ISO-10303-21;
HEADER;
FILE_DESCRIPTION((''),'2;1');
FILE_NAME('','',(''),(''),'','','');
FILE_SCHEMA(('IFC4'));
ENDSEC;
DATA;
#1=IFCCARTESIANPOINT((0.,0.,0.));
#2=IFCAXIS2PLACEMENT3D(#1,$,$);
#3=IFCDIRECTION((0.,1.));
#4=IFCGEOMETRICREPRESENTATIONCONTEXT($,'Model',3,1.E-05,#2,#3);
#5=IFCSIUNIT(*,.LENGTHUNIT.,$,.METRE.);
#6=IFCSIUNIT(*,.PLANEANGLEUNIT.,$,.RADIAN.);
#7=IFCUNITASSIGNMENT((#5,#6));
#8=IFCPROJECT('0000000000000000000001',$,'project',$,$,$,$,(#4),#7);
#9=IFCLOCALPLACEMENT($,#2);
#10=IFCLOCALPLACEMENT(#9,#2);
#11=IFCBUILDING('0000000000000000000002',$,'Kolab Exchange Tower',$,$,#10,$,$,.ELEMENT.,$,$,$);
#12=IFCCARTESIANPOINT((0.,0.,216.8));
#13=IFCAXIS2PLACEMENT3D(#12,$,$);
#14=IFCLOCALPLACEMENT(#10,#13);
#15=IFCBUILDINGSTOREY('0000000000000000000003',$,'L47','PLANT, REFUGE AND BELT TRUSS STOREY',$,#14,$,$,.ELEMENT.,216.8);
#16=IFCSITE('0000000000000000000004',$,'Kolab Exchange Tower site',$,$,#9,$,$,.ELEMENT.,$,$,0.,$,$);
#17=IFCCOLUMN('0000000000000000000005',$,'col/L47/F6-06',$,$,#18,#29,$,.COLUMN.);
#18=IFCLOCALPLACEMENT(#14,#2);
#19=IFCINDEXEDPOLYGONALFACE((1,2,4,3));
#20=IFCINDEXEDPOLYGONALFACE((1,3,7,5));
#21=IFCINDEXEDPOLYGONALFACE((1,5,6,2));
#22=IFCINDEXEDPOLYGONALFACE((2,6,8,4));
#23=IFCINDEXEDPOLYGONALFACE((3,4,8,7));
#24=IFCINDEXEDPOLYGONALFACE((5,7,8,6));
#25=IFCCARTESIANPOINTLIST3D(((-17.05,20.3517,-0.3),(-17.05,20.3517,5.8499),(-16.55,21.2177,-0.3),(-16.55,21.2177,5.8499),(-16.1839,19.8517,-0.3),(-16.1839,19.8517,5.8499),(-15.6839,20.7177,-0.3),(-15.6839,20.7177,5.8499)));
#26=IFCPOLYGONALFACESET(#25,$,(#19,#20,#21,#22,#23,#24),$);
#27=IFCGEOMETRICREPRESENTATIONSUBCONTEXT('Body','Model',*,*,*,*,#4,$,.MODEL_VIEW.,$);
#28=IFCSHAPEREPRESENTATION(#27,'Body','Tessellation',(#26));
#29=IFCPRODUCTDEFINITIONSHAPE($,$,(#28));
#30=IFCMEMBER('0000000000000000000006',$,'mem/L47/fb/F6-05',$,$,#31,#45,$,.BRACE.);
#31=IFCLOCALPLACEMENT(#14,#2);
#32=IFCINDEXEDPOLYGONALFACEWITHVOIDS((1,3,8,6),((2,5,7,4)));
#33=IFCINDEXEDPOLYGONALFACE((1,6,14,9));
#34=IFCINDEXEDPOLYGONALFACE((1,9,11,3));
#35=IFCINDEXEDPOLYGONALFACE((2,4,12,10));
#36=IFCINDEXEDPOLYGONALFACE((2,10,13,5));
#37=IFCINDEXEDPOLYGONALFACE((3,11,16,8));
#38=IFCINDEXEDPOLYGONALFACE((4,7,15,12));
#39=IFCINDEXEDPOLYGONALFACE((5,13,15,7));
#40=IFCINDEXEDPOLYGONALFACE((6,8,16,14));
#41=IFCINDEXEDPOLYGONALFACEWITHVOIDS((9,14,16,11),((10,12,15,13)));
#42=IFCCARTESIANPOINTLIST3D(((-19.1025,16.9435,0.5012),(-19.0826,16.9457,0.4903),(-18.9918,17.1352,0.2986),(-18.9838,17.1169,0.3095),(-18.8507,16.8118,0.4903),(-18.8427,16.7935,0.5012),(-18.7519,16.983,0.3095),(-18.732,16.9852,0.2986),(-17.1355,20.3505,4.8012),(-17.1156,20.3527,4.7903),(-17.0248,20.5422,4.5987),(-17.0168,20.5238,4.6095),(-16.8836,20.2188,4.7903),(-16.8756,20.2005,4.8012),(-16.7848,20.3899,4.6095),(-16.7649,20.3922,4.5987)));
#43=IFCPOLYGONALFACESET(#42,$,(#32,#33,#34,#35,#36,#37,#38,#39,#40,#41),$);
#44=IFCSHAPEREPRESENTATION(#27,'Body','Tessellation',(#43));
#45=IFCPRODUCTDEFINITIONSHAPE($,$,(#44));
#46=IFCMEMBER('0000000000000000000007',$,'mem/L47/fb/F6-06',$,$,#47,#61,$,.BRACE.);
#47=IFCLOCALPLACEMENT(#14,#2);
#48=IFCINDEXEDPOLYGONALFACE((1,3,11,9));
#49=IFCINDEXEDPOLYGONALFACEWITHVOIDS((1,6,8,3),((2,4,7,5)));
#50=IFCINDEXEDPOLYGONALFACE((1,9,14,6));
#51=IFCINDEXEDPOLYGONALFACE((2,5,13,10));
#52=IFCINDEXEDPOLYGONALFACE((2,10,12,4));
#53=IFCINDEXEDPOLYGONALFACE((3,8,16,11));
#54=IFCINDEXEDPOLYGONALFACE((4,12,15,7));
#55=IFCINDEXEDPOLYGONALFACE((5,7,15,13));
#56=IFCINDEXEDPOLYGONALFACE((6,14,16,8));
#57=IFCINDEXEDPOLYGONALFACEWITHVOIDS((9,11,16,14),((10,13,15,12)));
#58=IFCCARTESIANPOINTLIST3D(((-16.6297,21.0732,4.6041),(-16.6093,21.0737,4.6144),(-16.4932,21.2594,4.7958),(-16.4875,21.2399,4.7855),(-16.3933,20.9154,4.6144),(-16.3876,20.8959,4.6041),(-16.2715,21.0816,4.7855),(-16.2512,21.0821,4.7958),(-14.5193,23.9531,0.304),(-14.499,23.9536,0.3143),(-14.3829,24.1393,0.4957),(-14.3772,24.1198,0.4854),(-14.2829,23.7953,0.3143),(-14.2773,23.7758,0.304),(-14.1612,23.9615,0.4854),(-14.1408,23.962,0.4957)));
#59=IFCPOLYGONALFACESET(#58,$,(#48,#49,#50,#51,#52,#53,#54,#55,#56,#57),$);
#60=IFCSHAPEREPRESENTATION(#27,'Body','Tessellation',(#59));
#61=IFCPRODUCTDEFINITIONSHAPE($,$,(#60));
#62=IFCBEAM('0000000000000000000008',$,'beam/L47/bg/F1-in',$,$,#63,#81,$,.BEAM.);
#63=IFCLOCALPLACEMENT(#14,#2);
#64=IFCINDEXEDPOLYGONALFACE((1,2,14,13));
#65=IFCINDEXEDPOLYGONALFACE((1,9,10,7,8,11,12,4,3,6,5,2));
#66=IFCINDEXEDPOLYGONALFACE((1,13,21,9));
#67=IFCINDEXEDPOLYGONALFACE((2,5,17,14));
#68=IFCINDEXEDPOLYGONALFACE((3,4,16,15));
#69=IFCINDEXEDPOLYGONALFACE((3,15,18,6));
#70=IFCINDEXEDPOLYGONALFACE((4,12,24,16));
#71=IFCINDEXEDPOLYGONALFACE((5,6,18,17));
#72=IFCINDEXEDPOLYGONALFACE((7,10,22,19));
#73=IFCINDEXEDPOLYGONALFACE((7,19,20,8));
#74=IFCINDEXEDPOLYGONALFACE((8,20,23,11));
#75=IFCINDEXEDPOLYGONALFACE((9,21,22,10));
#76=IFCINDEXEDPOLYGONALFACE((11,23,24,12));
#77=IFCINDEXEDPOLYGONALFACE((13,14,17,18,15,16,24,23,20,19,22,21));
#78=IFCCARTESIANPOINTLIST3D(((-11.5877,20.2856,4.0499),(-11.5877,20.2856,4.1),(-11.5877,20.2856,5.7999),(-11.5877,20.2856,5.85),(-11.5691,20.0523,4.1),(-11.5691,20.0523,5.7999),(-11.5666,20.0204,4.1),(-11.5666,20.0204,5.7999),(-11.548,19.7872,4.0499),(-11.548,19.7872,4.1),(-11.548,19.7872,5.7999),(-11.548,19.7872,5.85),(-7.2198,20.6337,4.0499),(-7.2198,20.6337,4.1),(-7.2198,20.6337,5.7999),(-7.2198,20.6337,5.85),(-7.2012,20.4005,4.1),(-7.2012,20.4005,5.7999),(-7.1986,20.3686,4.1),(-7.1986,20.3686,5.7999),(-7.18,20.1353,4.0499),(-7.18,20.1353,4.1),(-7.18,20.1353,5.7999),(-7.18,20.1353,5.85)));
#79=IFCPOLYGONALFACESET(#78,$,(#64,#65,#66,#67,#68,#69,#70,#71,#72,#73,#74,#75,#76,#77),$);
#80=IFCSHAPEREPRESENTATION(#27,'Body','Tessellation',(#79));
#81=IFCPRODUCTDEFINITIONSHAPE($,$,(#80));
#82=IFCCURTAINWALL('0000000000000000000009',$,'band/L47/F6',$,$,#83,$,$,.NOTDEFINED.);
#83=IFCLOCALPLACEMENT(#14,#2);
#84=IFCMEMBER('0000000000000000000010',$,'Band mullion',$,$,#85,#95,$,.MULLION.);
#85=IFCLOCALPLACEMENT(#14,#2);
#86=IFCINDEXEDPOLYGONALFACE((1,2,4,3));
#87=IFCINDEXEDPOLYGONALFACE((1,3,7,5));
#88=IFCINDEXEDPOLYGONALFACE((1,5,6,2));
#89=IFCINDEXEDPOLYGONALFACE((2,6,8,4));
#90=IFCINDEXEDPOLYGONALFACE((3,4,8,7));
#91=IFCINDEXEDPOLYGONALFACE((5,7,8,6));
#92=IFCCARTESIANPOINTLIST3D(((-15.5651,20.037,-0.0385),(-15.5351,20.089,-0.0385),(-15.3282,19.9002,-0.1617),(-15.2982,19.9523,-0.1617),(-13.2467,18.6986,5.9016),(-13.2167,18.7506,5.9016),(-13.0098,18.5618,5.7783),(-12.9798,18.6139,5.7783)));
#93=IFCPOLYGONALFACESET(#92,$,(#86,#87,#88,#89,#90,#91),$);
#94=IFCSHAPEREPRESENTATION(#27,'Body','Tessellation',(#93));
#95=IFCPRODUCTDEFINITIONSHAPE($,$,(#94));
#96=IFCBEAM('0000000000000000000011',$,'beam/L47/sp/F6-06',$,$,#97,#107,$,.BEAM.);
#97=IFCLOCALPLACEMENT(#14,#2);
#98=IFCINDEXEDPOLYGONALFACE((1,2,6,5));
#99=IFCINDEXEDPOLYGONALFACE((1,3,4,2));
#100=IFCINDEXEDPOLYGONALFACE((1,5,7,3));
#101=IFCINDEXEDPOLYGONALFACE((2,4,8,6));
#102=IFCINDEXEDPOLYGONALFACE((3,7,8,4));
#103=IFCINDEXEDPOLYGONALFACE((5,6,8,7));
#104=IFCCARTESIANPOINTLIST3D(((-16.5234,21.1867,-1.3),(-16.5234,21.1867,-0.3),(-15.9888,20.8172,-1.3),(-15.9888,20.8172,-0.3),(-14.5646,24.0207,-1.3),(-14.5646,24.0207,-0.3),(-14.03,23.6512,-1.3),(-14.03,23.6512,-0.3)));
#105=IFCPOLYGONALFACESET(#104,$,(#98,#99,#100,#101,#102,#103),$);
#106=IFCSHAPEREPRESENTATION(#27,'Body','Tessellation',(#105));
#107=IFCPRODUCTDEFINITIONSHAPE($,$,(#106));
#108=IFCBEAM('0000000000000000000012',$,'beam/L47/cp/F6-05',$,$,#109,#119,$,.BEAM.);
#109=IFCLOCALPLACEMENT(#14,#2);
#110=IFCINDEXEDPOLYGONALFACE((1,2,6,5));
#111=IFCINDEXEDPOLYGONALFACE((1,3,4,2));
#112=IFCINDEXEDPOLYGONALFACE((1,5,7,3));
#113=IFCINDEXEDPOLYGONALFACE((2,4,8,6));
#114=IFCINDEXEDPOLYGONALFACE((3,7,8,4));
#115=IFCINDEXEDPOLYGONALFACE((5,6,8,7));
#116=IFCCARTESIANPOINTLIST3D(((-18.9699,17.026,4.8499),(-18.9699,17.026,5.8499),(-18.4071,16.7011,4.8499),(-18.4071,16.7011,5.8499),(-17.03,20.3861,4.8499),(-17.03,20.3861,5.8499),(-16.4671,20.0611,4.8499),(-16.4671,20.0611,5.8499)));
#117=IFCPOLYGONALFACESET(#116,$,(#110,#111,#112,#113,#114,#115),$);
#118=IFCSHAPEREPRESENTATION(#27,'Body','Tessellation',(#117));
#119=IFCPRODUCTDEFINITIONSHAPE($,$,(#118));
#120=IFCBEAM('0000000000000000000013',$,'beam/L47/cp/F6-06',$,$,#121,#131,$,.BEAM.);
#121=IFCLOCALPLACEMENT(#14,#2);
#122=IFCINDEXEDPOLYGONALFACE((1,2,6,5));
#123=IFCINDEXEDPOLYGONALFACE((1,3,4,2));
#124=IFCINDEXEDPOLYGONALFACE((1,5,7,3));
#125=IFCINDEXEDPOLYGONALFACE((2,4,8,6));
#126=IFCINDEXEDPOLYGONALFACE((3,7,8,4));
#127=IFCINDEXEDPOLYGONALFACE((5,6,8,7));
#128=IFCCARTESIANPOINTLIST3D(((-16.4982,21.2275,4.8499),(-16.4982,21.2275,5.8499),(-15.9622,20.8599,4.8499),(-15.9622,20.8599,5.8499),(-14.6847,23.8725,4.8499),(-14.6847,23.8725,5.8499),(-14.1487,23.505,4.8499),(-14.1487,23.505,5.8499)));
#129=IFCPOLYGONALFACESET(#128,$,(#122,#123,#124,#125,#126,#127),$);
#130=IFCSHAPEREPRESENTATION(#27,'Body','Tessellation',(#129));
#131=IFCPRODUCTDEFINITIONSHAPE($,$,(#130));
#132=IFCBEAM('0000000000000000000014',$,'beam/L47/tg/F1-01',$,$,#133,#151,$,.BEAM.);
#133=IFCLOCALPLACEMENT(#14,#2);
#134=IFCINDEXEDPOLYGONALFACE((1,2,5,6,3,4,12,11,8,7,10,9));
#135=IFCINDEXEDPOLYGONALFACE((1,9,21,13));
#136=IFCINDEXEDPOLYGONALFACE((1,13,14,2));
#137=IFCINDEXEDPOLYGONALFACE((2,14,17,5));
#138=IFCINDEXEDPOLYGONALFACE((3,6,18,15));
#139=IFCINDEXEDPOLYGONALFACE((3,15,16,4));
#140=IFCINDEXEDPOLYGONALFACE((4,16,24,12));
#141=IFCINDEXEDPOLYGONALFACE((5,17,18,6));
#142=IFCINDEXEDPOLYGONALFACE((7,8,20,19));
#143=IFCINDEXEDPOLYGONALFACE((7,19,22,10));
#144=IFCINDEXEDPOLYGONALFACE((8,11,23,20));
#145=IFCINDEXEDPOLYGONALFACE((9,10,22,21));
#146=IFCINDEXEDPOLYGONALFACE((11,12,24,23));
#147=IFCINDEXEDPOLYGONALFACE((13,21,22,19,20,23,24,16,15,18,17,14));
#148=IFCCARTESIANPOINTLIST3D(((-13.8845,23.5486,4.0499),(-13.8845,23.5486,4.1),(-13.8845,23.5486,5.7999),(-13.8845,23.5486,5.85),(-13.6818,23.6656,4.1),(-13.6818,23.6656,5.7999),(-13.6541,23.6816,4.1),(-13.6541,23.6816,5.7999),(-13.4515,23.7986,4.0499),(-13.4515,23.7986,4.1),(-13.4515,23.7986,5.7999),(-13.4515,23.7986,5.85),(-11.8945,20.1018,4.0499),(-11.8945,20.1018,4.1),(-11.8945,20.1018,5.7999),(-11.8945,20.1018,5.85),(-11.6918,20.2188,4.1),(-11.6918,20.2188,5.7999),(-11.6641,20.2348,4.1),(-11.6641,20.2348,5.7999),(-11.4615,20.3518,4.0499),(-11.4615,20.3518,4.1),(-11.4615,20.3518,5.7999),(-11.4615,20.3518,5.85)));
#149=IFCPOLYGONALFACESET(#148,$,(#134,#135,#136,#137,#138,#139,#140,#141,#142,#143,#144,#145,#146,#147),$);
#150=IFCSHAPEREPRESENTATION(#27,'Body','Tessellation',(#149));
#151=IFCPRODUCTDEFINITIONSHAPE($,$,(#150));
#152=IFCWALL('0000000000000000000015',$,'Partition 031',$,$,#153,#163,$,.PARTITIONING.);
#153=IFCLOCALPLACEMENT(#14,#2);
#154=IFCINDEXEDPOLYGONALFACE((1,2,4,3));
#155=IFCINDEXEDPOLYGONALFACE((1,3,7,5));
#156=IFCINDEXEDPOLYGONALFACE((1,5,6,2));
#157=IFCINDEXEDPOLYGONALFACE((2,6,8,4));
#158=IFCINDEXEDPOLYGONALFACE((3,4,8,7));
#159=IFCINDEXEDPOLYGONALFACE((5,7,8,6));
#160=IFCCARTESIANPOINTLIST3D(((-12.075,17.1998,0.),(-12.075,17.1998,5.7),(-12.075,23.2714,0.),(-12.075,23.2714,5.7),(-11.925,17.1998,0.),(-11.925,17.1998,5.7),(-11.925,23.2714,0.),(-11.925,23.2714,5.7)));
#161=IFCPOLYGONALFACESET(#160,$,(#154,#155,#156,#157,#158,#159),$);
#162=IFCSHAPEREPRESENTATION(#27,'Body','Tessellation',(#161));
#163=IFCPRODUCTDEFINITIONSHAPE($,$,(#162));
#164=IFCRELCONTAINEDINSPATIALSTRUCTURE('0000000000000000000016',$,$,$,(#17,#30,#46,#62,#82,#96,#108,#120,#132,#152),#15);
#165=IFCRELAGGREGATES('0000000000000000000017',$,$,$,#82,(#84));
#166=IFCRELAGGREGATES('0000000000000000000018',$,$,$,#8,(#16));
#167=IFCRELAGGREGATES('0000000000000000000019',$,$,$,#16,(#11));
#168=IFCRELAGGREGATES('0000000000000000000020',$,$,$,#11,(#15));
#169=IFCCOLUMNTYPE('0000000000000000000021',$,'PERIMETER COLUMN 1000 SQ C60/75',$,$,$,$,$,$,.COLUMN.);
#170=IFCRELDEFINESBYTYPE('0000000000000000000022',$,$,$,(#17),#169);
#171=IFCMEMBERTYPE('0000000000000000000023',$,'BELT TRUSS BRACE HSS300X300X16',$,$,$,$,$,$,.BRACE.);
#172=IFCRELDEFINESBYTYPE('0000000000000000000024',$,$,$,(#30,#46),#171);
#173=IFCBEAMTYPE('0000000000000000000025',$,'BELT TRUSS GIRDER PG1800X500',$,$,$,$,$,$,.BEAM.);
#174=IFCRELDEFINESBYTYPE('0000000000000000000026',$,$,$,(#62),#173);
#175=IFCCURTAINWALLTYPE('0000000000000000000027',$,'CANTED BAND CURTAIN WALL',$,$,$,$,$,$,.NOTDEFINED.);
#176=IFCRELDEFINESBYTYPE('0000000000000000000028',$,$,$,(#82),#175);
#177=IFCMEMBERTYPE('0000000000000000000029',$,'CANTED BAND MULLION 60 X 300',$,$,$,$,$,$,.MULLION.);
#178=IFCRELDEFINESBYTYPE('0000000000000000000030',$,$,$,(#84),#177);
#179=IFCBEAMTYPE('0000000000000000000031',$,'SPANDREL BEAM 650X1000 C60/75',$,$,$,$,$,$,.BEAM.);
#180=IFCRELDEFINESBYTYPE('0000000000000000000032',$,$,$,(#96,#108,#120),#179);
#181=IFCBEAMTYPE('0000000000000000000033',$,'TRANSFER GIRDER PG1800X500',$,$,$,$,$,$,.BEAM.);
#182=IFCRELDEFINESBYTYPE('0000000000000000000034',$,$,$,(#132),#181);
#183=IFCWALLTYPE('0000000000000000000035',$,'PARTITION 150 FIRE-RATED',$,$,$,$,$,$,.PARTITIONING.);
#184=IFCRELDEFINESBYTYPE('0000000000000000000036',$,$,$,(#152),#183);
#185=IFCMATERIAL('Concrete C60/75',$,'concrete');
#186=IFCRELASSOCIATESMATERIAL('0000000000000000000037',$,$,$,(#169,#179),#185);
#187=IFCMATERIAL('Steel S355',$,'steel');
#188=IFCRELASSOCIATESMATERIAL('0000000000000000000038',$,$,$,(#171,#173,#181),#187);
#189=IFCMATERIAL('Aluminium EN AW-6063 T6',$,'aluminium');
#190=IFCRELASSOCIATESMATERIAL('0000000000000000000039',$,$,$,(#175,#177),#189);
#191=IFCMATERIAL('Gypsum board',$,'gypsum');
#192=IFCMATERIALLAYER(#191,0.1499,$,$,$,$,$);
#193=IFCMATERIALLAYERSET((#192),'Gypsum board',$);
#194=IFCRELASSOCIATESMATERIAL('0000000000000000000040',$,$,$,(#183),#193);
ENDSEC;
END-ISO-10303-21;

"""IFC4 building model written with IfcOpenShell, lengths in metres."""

from ifc_helpers import new_model, si_unit, direction, frame, frame_2d, origin, origin_2d, place, context, subcontext, project, spatial, rectangle, hollow_rectangle, i_section, extrude, material, layer, layer_set, material_profile, profile_set, type_object, element, aggregate, save


model = new_model("IFC4")

# Units and contexts
model_context = context("Model", 3, precision=1e-05, world=origin(), true_north=direction((0.0, 1.0)))
body_context = subcontext(model_context, "Body", "Model", "MODEL_VIEW")
ifc_project = project(units=[si_unit("LENGTHUNIT", "METRE"), si_unit("PLANEANGLEUNIT", "RADIAN")], contexts=[model_context])

# Site, building, storey
site_placement = place(None, origin())
site = spatial("IfcSite", under=ifc_project, at=site_placement, Name="Kolab Exchange Tower site", CompositionType="ELEMENT", RefElevation=0.0)
building_placement = place(site_placement, origin())
building = spatial("IfcBuilding", under=site, at=building_placement, Name="Kolab Exchange Tower", CompositionType="ELEMENT")
storey_placement = place(building_placement, frame((0.0, 0.0, 216.8)))
storey = spatial("IfcBuildingStorey", under=building, at=storey_placement, Name="L47", Description="PLANT, REFUGE AND BELT TRUSS STOREY", CompositionType="ELEMENT", Elevation=216.8)

# Column
ifc_material_1 = material(Name="Concrete C60/75", Category="concrete")
ifc_material_profile_1 = material_profile(ifc_material_1, rectangle(XDim=1.0, YDim=1.0, at=origin_2d()), Name="RC1000")
ifc_profile_set_1 = profile_set([ifc_material_profile_1], Name="Concrete C60/75")
column_type = type_object("IfcColumnType", Name="PERIMETER COLUMN 1000 SQ C60/75", PredefinedType="COLUMN", material=ifc_profile_set_1)
column_placement = place(storey_placement, frame((-16.3669, 20.5347, -0.3), z_axis=(0.0, 0.0, 1.0), x_axis=(0.5, 0.866025, 0.0)))
element("IfcColumn", 1, at=column_placement, inside=storey, type_object=column_type, Name="col/L47/F6-06", PredefinedType="COLUMN", context=body_context, shape_type="SweptSolid", body=[
    extrude(rectangle(XDim=1.0, YDim=1.0, at=origin_2d()), origin(), (0.0, 0.0, 1.0), 6.1499),
])

# Members
ifc_material_2 = material(Name="Steel S355", Category="steel")
ifc_material_profile_2 = material_profile(ifc_material_2, hollow_rectangle(XDim=0.3, YDim=0.3, WallThickness=0.0161, at=origin_2d()), Name="HSS300X300X16")
ifc_profile_set_2 = profile_set([ifc_material_profile_2], Name="Steel S355")
member_type_1 = type_object("IfcMemberType", Name="BELT TRUSS BRACE HSS300X300X16", PredefinedType="BRACE", material=ifc_profile_set_2)
member_1_placement = place(storey_placement, frame((-18.9172, 16.9644, 0.3999), z_axis=(0.337508, 0.584575, 0.737808), x_axis=(-0.866023, 0.500004, 0.0)))
element("IfcMember", 2, at=member_1_placement, inside=storey, type_object=member_type_1, Name="mem/L47/fb/F6-05", PredefinedType="BRACE", context=body_context, shape_type="SweptSolid", body=[
    extrude(hollow_rectangle(XDim=0.3, YDim=0.3, WallThickness=0.0161, at=origin_2d()), origin(), (0.0, 0.0, 1.0), 5.8281),
])
member_2_placement = place(storey_placement, frame((-16.4404, 21.0776, 4.7), z_axis=(0.377585, 0.51527, -0.769367), x_axis=(-0.806614, 0.591079, 0.0)))
element("IfcMember", 3, at=member_2_placement, inside=storey, type_object=member_type_1, Name="mem/L47/fb/F6-06", PredefinedType="BRACE", context=body_context, shape_type="SweptSolid", body=[
    extrude(hollow_rectangle(XDim=0.3, YDim=0.3, WallThickness=0.0161, at=origin_2d()), origin(), (0.0, 0.0, 1.0), 5.5891),
])

# Beam
ifc_material_profile_3 = material_profile(ifc_material_2, i_section(OverallWidth=0.5, OverallDepth=1.8, WebThickness=0.032, FlangeThickness=0.05, at=origin_2d()), Name="PG1800X500")
ifc_profile_set_3 = profile_set([ifc_material_profile_3], Name="Steel S355")
beam_type_1 = type_object("IfcBeamType", Name="BELT TRUSS GIRDER PG1800X500", PredefinedType="BEAM", material=ifc_profile_set_3)
beam_1_placement = place(storey_placement, frame((-11.5679, 20.0364, 4.95), z_axis=(0.996839, 0.079453, 0.0), x_axis=(-0.079453, 0.996839, 0.0)))
element("IfcBeam", 4, at=beam_1_placement, inside=storey, type_object=beam_type_1, Name="beam/L47/bg/F1-in", PredefinedType="BEAM", context=body_context, shape_type="SweptSolid", body=[
    extrude(i_section(OverallWidth=0.5, OverallDepth=1.8, WebThickness=0.032, FlangeThickness=0.05, at=origin_2d()), origin(), (0.0, 0.0, 1.0), 4.3818),
])

# Curtain wall, member
ifc_material_3 = material(Name="Aluminium EN AW-6063 T6", Category="aluminium")
curtain_wall_type = type_object("IfcCurtainWallType", Name="CANTED BAND CURTAIN WALL", PredefinedType="NOTDEFINED", material=ifc_material_3)
curtain_wall_placement = place(storey_placement, origin())
curtain_wall = element("IfcCurtainWall", 5, at=curtain_wall_placement, inside=storey, type_object=curtain_wall_type, Name="band/L47/F6", PredefinedType="NOTDEFINED")
ifc_material_profile_4 = material_profile(ifc_material_3, rectangle(XDim=0.0601, YDim=0.3, at=origin_2d()), Name="RECT 60X300")
ifc_profile_set_4 = profile_set([ifc_material_profile_4], Name="Aluminium EN AW-6063 T6")
member_type_2 = type_object("IfcMemberType", Name="CANTED BAND MULLION 60 X 300", PredefinedType="MULLION", material=ifc_profile_set_4)
member_3_placement = place(storey_placement, frame((-15.4316, 19.9946, -0.1001), z_axis=(0.355834, -0.205421, 0.911693), x_axis=(0.499965, 0.866046, 0.0)))
member_3 = element("IfcMember", 6, at=member_3_placement, type_object=member_type_2, Name="Band mullion", PredefinedType="MULLION", context=body_context, shape_type="SweptSolid", body=[
    extrude(rectangle(XDim=0.0601, YDim=0.3, at=origin_2d()), origin(), (0.0, 0.0, 1.0), 6.5154),
])
aggregate(curtain_wall, [member_3])

# Beams
ifc_material_profile_5 = material_profile(ifc_material_1, rectangle(XDim=0.6499, YDim=1.0, at=origin_2d()), Name="RC650X1000")
ifc_profile_set_5 = profile_set([ifc_material_profile_5], Name="Concrete C60/75")
beam_type_2 = type_object("IfcBeamType", Name="SPANDREL BEAM 650X1000 C60/75", PredefinedType="BEAM", material=ifc_profile_set_5)
beam_2_placement = place(storey_placement, frame((-16.2561, 21.002, -0.8), z_axis=(0.568572, 0.822633, 0.0), x_axis=(-0.822633, 0.568572, 0.0)))
element("IfcBeam", 7, at=beam_2_placement, inside=storey, type_object=beam_type_2, Name="beam/L47/sp/F6-06", PredefinedType="BEAM", context=body_context, shape_type="SweptSolid", body=[
    extrude(rectangle(XDim=0.6499, YDim=1.0, at=origin_2d()), origin(), (0.0, 0.0, 1.0), 3.4451),
])
beam_3_placement = place(storey_placement, frame((-18.6885, 16.8635, 5.3499), z_axis=(0.499997, 0.866027, 0.0), x_axis=(-0.866027, 0.499997, 0.0)))
element("IfcBeam", 8, at=beam_3_placement, inside=storey, type_object=beam_type_2, Name="beam/L47/cp/F6-05", PredefinedType="BEAM", context=body_context, shape_type="SweptSolid", body=[
    extrude(rectangle(XDim=0.6499, YDim=1.0, at=origin_2d()), origin(), (0.0, 0.0, 1.0), 3.8799),
])
beam_4_placement = place(storey_placement, frame((-16.2302, 21.0437, 5.3499), z_axis=(0.565475, 0.824765, 0.0), x_axis=(-0.824765, 0.565475, 0.0)))
element("IfcBeam", 9, at=beam_4_placement, inside=storey, type_object=beam_type_2, Name="beam/L47/cp/F6-06", PredefinedType="BEAM", context=body_context, shape_type="SweptSolid", body=[
    extrude(rectangle(XDim=0.6499, YDim=1.0, at=origin_2d()), origin(), (0.0, 0.0, 1.0), 3.207),
])
ifc_material_profile_6 = material_profile(ifc_material_2, i_section(OverallWidth=0.5, OverallDepth=1.8, WebThickness=0.032, FlangeThickness=0.05, at=origin_2d()), Name="PG1800X500")
ifc_profile_set_6 = profile_set([ifc_material_profile_6], Name="Steel S355")
beam_type_3 = type_object("IfcBeamType", Name="TRANSFER GIRDER PG1800X500", PredefinedType="BEAM", material=ifc_profile_set_6)
beam_5_placement = place(storey_placement, frame((-11.678, 20.2268, 4.95), z_axis=(-0.499999, 0.866026, 0.0), x_axis=(-0.866026, -0.499999, 0.0)))
element("IfcBeam", 10, at=beam_5_placement, inside=storey, type_object=beam_type_3, Name="beam/L47/tg/F1-01", PredefinedType="BEAM", context=body_context, shape_type="SweptSolid", body=[
    extrude(i_section(OverallWidth=0.5, OverallDepth=1.8, WebThickness=0.032, FlangeThickness=0.05, at=origin_2d()), origin(), (0.0, 0.0, 1.0), 3.98),
])

# Wall
ifc_material_4 = material(Name="Gypsum board", Category="gypsum")
ifc_layer = layer(ifc_material_4, 0.1499)
ifc_layer_set = layer_set([ifc_layer], Name="Gypsum board")
wall_type = type_object("IfcWallType", Name="PARTITION 150 FIRE-RATED", PredefinedType="PARTITIONING", material=ifc_layer_set)
wall_1_placement = place(storey_placement, frame((-12.0, 17.2, 0.0), z_axis=(0.0, 0.0, 1.0), x_axis=(0.0, 1.0, 0.0)))
element("IfcWall", 11, at=wall_1_placement, inside=storey, type_object=wall_type, Name="Partition 031", PredefinedType="PARTITIONING", context=body_context, shape_type="SweptSolid", body=[
    extrude(rectangle(XDim=6.0715, YDim=0.1499, at=frame_2d((3.0356, 0.0))), origin(), (0.0, 0.0, 1.0), 5.7),
])

save(model, "model.ifc")
